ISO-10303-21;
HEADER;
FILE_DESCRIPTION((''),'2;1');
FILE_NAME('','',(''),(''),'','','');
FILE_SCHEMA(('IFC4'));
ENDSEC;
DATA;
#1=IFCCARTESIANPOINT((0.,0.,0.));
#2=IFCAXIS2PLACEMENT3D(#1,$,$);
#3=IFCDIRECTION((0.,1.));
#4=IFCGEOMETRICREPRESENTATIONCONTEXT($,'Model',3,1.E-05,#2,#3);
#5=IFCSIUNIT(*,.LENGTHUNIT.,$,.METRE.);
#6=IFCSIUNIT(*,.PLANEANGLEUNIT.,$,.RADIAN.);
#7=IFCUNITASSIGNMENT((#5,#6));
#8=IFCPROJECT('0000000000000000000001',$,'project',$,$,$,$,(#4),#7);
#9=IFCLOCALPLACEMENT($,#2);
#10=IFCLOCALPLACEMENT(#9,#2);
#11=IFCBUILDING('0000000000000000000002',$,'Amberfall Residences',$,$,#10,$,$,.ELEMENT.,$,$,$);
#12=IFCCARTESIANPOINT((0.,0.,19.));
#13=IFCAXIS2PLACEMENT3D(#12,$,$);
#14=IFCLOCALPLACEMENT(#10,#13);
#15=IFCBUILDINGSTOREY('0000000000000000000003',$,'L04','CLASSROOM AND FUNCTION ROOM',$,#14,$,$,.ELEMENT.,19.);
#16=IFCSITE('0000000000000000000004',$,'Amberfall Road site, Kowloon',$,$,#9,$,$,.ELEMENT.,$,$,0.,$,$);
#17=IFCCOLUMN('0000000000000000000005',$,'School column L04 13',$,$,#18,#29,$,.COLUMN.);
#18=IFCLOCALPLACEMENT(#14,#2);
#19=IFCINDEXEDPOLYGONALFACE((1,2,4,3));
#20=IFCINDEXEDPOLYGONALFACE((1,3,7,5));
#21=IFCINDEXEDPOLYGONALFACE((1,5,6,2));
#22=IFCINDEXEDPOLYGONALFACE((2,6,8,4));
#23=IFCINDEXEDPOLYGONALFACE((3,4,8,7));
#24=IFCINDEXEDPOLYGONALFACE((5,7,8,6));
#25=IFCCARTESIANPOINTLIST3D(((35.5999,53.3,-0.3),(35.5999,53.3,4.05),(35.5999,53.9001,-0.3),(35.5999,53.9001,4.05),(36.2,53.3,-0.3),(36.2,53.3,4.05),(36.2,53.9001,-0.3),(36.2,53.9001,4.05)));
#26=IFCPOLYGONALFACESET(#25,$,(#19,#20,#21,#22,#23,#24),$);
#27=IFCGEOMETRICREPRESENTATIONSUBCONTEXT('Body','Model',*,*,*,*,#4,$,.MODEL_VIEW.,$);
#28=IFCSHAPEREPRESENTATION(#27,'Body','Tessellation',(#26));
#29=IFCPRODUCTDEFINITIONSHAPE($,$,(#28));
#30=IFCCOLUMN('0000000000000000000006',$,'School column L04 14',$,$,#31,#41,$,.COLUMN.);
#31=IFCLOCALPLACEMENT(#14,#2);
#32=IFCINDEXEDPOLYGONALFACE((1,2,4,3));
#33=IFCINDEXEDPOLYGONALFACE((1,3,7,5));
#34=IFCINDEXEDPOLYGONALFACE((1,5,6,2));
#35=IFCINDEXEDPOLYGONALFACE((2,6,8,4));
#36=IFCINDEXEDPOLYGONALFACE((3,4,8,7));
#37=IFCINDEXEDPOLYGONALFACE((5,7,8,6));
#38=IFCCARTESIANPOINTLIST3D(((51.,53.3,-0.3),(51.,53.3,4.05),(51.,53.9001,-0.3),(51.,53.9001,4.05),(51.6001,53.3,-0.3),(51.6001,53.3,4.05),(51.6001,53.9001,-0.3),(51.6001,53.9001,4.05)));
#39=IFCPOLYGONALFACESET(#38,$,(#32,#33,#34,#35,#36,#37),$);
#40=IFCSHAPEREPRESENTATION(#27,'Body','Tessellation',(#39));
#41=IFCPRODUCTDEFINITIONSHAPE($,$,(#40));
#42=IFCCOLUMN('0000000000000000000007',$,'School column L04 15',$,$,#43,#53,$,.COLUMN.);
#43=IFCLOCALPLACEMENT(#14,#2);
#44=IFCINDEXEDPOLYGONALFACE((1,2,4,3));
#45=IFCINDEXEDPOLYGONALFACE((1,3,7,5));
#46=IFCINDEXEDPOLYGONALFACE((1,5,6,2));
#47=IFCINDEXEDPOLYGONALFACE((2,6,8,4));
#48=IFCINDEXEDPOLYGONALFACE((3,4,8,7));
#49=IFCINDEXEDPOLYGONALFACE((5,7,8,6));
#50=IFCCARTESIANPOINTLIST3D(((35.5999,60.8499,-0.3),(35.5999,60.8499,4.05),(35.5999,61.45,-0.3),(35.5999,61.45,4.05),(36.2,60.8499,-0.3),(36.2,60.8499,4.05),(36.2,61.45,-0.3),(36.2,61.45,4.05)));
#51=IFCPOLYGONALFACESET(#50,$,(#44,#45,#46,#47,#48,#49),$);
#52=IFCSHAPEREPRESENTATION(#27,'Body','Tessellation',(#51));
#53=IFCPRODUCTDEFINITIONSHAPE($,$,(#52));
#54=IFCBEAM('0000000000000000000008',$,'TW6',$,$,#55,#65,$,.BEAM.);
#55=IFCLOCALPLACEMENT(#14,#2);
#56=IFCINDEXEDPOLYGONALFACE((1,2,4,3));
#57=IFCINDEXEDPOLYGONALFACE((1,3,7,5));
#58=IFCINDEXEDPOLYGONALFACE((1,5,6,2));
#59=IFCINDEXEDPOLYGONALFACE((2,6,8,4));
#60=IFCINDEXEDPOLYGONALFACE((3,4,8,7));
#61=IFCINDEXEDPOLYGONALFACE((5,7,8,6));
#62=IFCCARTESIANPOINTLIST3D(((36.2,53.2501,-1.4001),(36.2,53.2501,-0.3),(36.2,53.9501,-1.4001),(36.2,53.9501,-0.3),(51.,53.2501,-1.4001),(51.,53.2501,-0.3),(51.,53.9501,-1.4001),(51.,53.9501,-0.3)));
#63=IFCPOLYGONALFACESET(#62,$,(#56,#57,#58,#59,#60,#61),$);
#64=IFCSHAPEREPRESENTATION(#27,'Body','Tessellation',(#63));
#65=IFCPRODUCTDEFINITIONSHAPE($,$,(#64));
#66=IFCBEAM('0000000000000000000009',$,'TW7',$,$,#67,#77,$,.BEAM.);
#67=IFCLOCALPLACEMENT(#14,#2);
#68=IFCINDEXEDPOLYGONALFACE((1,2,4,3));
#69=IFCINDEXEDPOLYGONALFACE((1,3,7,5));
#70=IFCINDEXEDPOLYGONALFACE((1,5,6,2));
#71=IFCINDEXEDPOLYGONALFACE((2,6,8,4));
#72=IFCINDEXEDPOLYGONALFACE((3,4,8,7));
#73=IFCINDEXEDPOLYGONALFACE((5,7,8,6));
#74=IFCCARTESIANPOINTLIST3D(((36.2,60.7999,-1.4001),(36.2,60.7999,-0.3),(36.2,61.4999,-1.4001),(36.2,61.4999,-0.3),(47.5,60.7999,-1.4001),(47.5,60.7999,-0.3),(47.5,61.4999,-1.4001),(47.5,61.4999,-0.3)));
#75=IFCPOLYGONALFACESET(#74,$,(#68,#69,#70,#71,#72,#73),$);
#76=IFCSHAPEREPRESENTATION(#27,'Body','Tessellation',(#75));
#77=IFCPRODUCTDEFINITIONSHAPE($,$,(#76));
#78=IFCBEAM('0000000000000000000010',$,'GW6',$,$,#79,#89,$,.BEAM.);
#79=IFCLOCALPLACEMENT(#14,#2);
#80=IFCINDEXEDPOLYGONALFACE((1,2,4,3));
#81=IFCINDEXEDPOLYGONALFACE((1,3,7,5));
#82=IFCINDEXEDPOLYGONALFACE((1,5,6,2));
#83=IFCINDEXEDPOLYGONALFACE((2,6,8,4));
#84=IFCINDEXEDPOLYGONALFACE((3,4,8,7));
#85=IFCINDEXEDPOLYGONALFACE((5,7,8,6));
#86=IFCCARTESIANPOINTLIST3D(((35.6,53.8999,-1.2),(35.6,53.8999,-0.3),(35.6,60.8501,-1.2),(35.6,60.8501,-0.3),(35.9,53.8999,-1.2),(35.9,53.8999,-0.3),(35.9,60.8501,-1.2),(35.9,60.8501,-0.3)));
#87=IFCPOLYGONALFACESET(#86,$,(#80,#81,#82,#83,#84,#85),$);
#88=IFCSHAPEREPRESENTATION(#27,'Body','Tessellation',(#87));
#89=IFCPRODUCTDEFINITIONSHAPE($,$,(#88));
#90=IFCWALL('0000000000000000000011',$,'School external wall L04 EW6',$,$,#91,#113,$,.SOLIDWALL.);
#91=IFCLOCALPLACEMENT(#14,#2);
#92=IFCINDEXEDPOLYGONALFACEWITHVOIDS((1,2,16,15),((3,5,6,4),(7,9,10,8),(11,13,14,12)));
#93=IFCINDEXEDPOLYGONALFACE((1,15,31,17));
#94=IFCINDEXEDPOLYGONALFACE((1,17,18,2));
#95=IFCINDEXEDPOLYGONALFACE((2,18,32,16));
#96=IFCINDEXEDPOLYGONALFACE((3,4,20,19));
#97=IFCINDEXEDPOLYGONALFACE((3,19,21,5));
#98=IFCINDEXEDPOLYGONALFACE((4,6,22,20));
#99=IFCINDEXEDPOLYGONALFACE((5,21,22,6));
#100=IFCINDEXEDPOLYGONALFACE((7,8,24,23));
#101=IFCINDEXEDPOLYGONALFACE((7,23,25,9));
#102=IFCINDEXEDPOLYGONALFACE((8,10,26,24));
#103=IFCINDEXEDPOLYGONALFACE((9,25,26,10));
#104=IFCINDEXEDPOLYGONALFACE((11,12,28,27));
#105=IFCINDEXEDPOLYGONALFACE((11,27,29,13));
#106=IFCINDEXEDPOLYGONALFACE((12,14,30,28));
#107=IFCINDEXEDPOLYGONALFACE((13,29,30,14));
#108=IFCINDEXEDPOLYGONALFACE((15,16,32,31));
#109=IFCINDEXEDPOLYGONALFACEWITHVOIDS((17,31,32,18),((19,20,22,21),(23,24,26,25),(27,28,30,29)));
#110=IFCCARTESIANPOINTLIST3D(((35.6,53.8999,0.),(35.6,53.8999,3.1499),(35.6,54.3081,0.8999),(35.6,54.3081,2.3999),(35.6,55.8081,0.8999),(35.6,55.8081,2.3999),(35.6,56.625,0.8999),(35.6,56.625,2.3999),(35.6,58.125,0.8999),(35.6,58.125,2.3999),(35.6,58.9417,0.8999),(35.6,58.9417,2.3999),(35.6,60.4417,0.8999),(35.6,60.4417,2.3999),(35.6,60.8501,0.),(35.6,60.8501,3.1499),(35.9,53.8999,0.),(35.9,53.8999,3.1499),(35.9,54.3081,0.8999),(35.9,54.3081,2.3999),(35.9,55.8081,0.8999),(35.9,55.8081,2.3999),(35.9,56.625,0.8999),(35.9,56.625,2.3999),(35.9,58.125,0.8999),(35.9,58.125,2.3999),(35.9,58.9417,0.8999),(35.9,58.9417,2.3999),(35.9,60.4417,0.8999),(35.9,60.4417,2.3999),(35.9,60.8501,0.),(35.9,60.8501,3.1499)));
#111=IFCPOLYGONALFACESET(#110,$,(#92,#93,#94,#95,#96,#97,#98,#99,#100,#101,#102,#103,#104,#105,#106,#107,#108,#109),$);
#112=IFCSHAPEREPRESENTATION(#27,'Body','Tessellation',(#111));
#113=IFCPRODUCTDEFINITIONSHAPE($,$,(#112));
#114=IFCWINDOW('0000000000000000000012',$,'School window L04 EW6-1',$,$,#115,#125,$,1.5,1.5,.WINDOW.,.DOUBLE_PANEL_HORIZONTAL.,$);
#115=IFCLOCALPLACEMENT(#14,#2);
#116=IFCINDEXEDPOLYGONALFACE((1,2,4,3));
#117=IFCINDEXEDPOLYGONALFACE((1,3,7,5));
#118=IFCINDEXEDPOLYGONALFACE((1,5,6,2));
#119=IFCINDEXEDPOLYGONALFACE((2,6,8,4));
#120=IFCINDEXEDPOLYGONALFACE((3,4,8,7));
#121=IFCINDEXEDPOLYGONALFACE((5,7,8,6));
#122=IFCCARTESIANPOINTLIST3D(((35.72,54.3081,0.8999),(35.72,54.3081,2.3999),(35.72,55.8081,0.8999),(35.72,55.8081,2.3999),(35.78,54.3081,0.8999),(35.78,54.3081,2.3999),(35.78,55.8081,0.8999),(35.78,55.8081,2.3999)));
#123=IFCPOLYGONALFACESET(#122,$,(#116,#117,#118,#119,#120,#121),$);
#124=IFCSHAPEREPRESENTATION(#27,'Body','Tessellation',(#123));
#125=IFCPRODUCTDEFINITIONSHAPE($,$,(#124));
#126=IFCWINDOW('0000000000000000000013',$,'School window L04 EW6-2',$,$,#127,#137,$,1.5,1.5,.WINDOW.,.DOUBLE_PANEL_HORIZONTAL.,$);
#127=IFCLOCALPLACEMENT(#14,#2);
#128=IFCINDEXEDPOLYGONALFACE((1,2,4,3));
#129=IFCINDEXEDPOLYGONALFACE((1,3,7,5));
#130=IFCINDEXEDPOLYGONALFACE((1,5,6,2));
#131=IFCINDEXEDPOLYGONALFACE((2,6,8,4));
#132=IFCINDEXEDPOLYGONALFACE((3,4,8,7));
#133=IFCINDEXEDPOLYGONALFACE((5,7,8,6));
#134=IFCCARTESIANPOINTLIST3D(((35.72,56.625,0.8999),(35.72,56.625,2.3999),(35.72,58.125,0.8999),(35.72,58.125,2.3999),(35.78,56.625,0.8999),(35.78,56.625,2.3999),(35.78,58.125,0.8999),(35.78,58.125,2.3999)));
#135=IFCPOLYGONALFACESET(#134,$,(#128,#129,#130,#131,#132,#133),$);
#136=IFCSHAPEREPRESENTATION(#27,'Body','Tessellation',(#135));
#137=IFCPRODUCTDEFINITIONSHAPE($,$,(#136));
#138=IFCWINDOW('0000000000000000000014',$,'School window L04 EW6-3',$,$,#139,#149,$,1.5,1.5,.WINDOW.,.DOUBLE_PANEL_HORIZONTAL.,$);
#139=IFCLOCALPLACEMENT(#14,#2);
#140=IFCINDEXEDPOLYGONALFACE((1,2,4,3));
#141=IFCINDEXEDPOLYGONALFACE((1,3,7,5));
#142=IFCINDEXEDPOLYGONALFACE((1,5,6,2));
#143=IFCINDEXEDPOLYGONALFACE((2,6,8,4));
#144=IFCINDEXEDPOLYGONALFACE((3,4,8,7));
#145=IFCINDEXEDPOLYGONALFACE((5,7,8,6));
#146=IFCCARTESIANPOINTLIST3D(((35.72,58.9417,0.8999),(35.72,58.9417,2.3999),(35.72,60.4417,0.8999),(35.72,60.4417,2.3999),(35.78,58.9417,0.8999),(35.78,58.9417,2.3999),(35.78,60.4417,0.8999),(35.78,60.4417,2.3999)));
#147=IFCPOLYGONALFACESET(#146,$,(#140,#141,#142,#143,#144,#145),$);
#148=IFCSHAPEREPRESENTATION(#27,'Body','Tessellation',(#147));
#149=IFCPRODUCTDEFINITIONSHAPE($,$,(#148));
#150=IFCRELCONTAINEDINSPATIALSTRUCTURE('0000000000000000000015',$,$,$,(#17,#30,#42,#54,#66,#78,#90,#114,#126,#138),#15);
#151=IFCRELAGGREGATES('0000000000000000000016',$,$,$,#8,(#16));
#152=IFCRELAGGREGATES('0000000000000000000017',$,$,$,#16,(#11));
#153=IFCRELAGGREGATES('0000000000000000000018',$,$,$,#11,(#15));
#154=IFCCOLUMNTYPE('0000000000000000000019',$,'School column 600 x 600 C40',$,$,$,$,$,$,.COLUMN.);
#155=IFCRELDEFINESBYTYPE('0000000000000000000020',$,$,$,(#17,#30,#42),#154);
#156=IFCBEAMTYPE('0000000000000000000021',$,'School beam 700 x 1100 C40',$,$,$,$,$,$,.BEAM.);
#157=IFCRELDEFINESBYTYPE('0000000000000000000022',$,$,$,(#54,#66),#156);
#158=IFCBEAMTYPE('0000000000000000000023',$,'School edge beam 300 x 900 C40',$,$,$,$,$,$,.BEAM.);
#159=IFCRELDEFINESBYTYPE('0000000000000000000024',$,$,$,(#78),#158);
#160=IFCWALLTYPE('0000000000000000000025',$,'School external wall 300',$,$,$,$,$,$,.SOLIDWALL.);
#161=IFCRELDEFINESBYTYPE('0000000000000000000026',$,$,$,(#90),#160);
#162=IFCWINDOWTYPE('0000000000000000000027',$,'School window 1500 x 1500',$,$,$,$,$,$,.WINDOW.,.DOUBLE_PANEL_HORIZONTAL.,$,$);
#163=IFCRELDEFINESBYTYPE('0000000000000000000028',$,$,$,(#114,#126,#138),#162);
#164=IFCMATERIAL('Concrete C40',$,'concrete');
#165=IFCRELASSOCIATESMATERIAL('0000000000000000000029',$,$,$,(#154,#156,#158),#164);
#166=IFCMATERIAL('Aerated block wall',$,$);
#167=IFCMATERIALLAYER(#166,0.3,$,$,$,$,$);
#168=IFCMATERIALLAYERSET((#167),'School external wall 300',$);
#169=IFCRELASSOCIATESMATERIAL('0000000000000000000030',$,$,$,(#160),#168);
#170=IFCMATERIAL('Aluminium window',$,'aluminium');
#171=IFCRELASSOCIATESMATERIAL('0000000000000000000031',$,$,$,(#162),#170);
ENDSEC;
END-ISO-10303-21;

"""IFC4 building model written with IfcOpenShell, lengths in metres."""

from ifc_helpers import new_model, si_unit, direction, frame, frame_2d, origin, origin_2d, place, context, subcontext, project, spatial, rectangle, extrude, material, layer, layer_set, material_profile, profile_set, type_object, element, fill, save


model = new_model("IFC4")

# Units and contexts
model_context = context("Model", 3, precision=1e-05, world=origin(), true_north=direction((0.0, 1.0)))
body_context = subcontext(model_context, "Body", "Model", "MODEL_VIEW")
ifc_project = project(units=[si_unit("LENGTHUNIT", "METRE"), si_unit("PLANEANGLEUNIT", "RADIAN")], contexts=[model_context])

# Site, building, storey
site_placement = place(None, origin())
site = spatial("IfcSite", under=ifc_project, at=site_placement, Name="Amberfall Road site, Kowloon", CompositionType="ELEMENT", RefElevation=0.0)
building_placement = place(site_placement, origin())
building = spatial("IfcBuilding", under=site, at=building_placement, Name="Amberfall Residences", CompositionType="ELEMENT")
storey_placement = place(building_placement, frame((0.0, 0.0, 19.0)))
storey = spatial("IfcBuildingStorey", under=building, at=storey_placement, Name="L04", Description="CLASSROOM AND FUNCTION ROOM", CompositionType="ELEMENT", Elevation=19.0)

# Columns
ifc_material_1 = material(Name="Concrete C40", Category="concrete")
ifc_material_profile_1 = material_profile(ifc_material_1, rectangle(XDim=0.6001, YDim=0.6001, at=origin_2d()), Name="School column 600 x 600 C40")
ifc_profile_set_1 = profile_set([ifc_material_profile_1], Name="Concrete C40")
column_type = type_object("IfcColumnType", Name="School column 600 x 600 C40", PredefinedType="COLUMN", material=ifc_profile_set_1)
for number, where, z_axis, x_axis, name in (
    (1, (35.8999, 53.6001, -0.3), (0.0, 0.0, 1.0), (1.0, 0.0, 0.0), "School column L04 13"),
    (2, (51.3, 53.6001, -0.3), (0.0, 0.0, 1.0), (1.0, 0.0, 0.0), "School column L04 14"),
    (3, (35.8999, 61.1499, -0.3), (0.0, 0.0, 1.0), (1.0, 0.0, 0.0), "School column L04 15"),
):
    element("IfcColumn", number, at=place(storey_placement, frame(where, z_axis=z_axis, x_axis=x_axis)), inside=storey, type_object=column_type, Name=name, PredefinedType="COLUMN", context=body_context, shape_type="SweptSolid", body=[
        extrude(rectangle(XDim=0.6001, YDim=0.6001, at=origin_2d()), origin(), (0.0, 0.0, 1.0), 4.3501),
    ])

# Beams
ifc_material_profile_2 = material_profile(ifc_material_1, rectangle(XDim=0.7, YDim=1.1001, at=origin_2d()), Name="School beam 700 x 1100 C40")
ifc_profile_set_2 = profile_set([ifc_material_profile_2], Name="Concrete C40")
beam_type_1 = type_object("IfcBeamType", Name="School beam 700 x 1100 C40", PredefinedType="BEAM", material=ifc_profile_set_2)
beam_1_placement = place(storey_placement, frame((36.2, 53.6001, -0.8501), z_axis=(1.0, 0.0, 0.0), x_axis=(0.0, 1.0, 0.0)))
element("IfcBeam", 4, at=beam_1_placement, inside=storey, type_object=beam_type_1, Name="TW6", PredefinedType="BEAM", context=body_context, shape_type="SweptSolid", body=[
    extrude(rectangle(XDim=0.7, YDim=1.1001, at=origin_2d()), origin(), (0.0, 0.0, 1.0), 14.8),
])
beam_2_placement = place(storey_placement, frame((36.2, 61.1499, -0.8501), z_axis=(1.0, 0.0, 0.0), x_axis=(0.0, 1.0, 0.0)))
element("IfcBeam", 5, at=beam_2_placement, inside=storey, type_object=beam_type_1, Name="TW7", PredefinedType="BEAM", context=body_context, shape_type="SweptSolid", body=[
    extrude(rectangle(XDim=0.7, YDim=1.1001, at=origin_2d()), origin(), (0.0, 0.0, 1.0), 11.3),
])
ifc_material_profile_3 = material_profile(ifc_material_1, rectangle(XDim=0.3, YDim=0.8999, at=origin_2d()), Name="School edge beam 300 x 900 C40")
ifc_profile_set_3 = profile_set([ifc_material_profile_3], Name="Concrete C40")
beam_type_2 = type_object("IfcBeamType", Name="School edge beam 300 x 900 C40", PredefinedType="BEAM", material=ifc_profile_set_3)
beam_3_placement = place(storey_placement, frame((35.75, 53.8999, -0.75), z_axis=(0.0, 1.0, 0.0), x_axis=(-1.0, 0.0, 0.0)))
element("IfcBeam", 6, at=beam_3_placement, inside=storey, type_object=beam_type_2, Name="GW6", PredefinedType="BEAM", context=body_context, shape_type="SweptSolid", body=[
    extrude(rectangle(XDim=0.3, YDim=0.8999, at=origin_2d()), origin(), (0.0, 0.0, 1.0), 6.9502),
])

# Wall, openings, windows
ifc_material_2 = material(Name="Aerated block wall")
ifc_layer_1 = layer(ifc_material_2, 0.3)
ifc_layer_set_1 = layer_set([ifc_layer_1], Name="School external wall 300")
wall_type_1 = type_object("IfcWallType", Name="School external wall 300", PredefinedType="SOLIDWALL", material=ifc_layer_set_1)
wall_1_placement = place(storey_placement, frame((35.75, 53.8999, 0.0), z_axis=(0.0, 0.0, 1.0), x_axis=(0.0, 1.0, 0.0)))
wall_1 = element("IfcWall", 7, at=wall_1_placement, inside=storey, type_object=wall_type_1, Name="School external wall L04 EW6", PredefinedType="SOLIDWALL", context=body_context, shape_type="SweptSolid", body=[
    extrude(rectangle(XDim=6.9502, YDim=0.3, at=frame_2d((3.4751, 0.0))), origin(), (0.0, 0.0, 1.0), 3.1499),
])
opening_1_placement = place(wall_1_placement, frame((0.4082, 0.0, 0.8999)))
opening_1 = element("IfcOpeningElement", 8, at=opening_1_placement, cuts=wall_1, PredefinedType="OPENING", context=body_context, shape_type="SweptSolid", body=[
    extrude(rectangle(XDim=1.5, YDim=1.5, at=frame_2d((0.75, 0.75))), frame((0.0, 0.1599, 0.0), z_axis=(0.0, -1.0, 0.0), x_axis=(1.0, 0.0, 0.0)), (0.0, 0.0, 1.0), 0.3201),
])
opening_2_placement = place(wall_1_placement, frame((2.7251, 0.0, 0.8999)))
opening_2 = element("IfcOpeningElement", 9, at=opening_2_placement, cuts=wall_1, PredefinedType="OPENING", context=body_context, shape_type="SweptSolid", body=[
    extrude(rectangle(XDim=1.5, YDim=1.5, at=frame_2d((0.75, 0.75))), frame((0.0, 0.1599, 0.0), z_axis=(0.0, -1.0, 0.0), x_axis=(1.0, 0.0, 0.0)), (0.0, 0.0, 1.0), 0.3201),
])
opening_3_placement = place(wall_1_placement, frame((5.0417, 0.0, 0.8999)))
opening_3 = element("IfcOpeningElement", 10, at=opening_3_placement, cuts=wall_1, PredefinedType="OPENING", context=body_context, shape_type="SweptSolid", body=[
    extrude(rectangle(XDim=1.5, YDim=1.5, at=frame_2d((0.75, 0.75))), frame((0.0, 0.1599, 0.0), z_axis=(0.0, -1.0, 0.0), x_axis=(1.0, 0.0, 0.0)), (0.0, 0.0, 1.0), 0.3201),
])
ifc_material_3 = material(Name="Aluminium window", Category="aluminium")
window_type = type_object("IfcWindowType", Name="School window 1500 x 1500", PartitioningType="DOUBLE_PANEL_HORIZONTAL", PredefinedType="WINDOW", material=ifc_material_3)
window_1_placement = place(opening_1_placement, origin())
window_1 = element("IfcWindow", 11, at=window_1_placement, inside=storey, type_object=window_type, Name="School window L04 EW6-1", OverallHeight=1.5, OverallWidth=1.5, PartitioningType="DOUBLE_PANEL_HORIZONTAL", PredefinedType="WINDOW", context=body_context, shape_type="SweptSolid", body=[
    extrude(rectangle(XDim=1.5, YDim=1.5, at=frame_2d((0.75, 0.75))), frame((0.0, 0.03, 0.0), z_axis=(0.0, -1.0, 0.0), x_axis=(1.0, 0.0, 0.0)), (0.0, 0.0, 1.0), 0.0601),
])
fill(opening_1, window_1)
window_2_placement = place(opening_2_placement, origin())
window_2 = element("IfcWindow", 12, at=window_2_placement, inside=storey, type_object=window_type, Name="School window L04 EW6-2", OverallHeight=1.5, OverallWidth=1.5, PartitioningType="DOUBLE_PANEL_HORIZONTAL", PredefinedType="WINDOW", context=body_context, shape_type="SweptSolid", body=[
    extrude(rectangle(XDim=1.5, YDim=1.5, at=frame_2d((0.75, 0.75))), frame((0.0, 0.03, 0.0), z_axis=(0.0, -1.0, 0.0), x_axis=(1.0, 0.0, 0.0)), (0.0, 0.0, 1.0), 0.0601),
])
fill(opening_2, window_2)
window_3_placement = place(opening_3_placement, origin())
window_3 = element("IfcWindow", 13, at=window_3_placement, inside=storey, type_object=window_type, Name="School window L04 EW6-3", OverallHeight=1.5, OverallWidth=1.5, PartitioningType="DOUBLE_PANEL_HORIZONTAL", PredefinedType="WINDOW", context=body_context, shape_type="SweptSolid", body=[
    extrude(rectangle(XDim=1.5, YDim=1.5, at=frame_2d((0.75, 0.75))), frame((0.0, 0.03, 0.0), z_axis=(0.0, -1.0, 0.0), x_axis=(1.0, 0.0, 0.0)), (0.0, 0.0, 1.0), 0.0601),
])
fill(opening_3, window_3)

save(model, "model.ifc")
